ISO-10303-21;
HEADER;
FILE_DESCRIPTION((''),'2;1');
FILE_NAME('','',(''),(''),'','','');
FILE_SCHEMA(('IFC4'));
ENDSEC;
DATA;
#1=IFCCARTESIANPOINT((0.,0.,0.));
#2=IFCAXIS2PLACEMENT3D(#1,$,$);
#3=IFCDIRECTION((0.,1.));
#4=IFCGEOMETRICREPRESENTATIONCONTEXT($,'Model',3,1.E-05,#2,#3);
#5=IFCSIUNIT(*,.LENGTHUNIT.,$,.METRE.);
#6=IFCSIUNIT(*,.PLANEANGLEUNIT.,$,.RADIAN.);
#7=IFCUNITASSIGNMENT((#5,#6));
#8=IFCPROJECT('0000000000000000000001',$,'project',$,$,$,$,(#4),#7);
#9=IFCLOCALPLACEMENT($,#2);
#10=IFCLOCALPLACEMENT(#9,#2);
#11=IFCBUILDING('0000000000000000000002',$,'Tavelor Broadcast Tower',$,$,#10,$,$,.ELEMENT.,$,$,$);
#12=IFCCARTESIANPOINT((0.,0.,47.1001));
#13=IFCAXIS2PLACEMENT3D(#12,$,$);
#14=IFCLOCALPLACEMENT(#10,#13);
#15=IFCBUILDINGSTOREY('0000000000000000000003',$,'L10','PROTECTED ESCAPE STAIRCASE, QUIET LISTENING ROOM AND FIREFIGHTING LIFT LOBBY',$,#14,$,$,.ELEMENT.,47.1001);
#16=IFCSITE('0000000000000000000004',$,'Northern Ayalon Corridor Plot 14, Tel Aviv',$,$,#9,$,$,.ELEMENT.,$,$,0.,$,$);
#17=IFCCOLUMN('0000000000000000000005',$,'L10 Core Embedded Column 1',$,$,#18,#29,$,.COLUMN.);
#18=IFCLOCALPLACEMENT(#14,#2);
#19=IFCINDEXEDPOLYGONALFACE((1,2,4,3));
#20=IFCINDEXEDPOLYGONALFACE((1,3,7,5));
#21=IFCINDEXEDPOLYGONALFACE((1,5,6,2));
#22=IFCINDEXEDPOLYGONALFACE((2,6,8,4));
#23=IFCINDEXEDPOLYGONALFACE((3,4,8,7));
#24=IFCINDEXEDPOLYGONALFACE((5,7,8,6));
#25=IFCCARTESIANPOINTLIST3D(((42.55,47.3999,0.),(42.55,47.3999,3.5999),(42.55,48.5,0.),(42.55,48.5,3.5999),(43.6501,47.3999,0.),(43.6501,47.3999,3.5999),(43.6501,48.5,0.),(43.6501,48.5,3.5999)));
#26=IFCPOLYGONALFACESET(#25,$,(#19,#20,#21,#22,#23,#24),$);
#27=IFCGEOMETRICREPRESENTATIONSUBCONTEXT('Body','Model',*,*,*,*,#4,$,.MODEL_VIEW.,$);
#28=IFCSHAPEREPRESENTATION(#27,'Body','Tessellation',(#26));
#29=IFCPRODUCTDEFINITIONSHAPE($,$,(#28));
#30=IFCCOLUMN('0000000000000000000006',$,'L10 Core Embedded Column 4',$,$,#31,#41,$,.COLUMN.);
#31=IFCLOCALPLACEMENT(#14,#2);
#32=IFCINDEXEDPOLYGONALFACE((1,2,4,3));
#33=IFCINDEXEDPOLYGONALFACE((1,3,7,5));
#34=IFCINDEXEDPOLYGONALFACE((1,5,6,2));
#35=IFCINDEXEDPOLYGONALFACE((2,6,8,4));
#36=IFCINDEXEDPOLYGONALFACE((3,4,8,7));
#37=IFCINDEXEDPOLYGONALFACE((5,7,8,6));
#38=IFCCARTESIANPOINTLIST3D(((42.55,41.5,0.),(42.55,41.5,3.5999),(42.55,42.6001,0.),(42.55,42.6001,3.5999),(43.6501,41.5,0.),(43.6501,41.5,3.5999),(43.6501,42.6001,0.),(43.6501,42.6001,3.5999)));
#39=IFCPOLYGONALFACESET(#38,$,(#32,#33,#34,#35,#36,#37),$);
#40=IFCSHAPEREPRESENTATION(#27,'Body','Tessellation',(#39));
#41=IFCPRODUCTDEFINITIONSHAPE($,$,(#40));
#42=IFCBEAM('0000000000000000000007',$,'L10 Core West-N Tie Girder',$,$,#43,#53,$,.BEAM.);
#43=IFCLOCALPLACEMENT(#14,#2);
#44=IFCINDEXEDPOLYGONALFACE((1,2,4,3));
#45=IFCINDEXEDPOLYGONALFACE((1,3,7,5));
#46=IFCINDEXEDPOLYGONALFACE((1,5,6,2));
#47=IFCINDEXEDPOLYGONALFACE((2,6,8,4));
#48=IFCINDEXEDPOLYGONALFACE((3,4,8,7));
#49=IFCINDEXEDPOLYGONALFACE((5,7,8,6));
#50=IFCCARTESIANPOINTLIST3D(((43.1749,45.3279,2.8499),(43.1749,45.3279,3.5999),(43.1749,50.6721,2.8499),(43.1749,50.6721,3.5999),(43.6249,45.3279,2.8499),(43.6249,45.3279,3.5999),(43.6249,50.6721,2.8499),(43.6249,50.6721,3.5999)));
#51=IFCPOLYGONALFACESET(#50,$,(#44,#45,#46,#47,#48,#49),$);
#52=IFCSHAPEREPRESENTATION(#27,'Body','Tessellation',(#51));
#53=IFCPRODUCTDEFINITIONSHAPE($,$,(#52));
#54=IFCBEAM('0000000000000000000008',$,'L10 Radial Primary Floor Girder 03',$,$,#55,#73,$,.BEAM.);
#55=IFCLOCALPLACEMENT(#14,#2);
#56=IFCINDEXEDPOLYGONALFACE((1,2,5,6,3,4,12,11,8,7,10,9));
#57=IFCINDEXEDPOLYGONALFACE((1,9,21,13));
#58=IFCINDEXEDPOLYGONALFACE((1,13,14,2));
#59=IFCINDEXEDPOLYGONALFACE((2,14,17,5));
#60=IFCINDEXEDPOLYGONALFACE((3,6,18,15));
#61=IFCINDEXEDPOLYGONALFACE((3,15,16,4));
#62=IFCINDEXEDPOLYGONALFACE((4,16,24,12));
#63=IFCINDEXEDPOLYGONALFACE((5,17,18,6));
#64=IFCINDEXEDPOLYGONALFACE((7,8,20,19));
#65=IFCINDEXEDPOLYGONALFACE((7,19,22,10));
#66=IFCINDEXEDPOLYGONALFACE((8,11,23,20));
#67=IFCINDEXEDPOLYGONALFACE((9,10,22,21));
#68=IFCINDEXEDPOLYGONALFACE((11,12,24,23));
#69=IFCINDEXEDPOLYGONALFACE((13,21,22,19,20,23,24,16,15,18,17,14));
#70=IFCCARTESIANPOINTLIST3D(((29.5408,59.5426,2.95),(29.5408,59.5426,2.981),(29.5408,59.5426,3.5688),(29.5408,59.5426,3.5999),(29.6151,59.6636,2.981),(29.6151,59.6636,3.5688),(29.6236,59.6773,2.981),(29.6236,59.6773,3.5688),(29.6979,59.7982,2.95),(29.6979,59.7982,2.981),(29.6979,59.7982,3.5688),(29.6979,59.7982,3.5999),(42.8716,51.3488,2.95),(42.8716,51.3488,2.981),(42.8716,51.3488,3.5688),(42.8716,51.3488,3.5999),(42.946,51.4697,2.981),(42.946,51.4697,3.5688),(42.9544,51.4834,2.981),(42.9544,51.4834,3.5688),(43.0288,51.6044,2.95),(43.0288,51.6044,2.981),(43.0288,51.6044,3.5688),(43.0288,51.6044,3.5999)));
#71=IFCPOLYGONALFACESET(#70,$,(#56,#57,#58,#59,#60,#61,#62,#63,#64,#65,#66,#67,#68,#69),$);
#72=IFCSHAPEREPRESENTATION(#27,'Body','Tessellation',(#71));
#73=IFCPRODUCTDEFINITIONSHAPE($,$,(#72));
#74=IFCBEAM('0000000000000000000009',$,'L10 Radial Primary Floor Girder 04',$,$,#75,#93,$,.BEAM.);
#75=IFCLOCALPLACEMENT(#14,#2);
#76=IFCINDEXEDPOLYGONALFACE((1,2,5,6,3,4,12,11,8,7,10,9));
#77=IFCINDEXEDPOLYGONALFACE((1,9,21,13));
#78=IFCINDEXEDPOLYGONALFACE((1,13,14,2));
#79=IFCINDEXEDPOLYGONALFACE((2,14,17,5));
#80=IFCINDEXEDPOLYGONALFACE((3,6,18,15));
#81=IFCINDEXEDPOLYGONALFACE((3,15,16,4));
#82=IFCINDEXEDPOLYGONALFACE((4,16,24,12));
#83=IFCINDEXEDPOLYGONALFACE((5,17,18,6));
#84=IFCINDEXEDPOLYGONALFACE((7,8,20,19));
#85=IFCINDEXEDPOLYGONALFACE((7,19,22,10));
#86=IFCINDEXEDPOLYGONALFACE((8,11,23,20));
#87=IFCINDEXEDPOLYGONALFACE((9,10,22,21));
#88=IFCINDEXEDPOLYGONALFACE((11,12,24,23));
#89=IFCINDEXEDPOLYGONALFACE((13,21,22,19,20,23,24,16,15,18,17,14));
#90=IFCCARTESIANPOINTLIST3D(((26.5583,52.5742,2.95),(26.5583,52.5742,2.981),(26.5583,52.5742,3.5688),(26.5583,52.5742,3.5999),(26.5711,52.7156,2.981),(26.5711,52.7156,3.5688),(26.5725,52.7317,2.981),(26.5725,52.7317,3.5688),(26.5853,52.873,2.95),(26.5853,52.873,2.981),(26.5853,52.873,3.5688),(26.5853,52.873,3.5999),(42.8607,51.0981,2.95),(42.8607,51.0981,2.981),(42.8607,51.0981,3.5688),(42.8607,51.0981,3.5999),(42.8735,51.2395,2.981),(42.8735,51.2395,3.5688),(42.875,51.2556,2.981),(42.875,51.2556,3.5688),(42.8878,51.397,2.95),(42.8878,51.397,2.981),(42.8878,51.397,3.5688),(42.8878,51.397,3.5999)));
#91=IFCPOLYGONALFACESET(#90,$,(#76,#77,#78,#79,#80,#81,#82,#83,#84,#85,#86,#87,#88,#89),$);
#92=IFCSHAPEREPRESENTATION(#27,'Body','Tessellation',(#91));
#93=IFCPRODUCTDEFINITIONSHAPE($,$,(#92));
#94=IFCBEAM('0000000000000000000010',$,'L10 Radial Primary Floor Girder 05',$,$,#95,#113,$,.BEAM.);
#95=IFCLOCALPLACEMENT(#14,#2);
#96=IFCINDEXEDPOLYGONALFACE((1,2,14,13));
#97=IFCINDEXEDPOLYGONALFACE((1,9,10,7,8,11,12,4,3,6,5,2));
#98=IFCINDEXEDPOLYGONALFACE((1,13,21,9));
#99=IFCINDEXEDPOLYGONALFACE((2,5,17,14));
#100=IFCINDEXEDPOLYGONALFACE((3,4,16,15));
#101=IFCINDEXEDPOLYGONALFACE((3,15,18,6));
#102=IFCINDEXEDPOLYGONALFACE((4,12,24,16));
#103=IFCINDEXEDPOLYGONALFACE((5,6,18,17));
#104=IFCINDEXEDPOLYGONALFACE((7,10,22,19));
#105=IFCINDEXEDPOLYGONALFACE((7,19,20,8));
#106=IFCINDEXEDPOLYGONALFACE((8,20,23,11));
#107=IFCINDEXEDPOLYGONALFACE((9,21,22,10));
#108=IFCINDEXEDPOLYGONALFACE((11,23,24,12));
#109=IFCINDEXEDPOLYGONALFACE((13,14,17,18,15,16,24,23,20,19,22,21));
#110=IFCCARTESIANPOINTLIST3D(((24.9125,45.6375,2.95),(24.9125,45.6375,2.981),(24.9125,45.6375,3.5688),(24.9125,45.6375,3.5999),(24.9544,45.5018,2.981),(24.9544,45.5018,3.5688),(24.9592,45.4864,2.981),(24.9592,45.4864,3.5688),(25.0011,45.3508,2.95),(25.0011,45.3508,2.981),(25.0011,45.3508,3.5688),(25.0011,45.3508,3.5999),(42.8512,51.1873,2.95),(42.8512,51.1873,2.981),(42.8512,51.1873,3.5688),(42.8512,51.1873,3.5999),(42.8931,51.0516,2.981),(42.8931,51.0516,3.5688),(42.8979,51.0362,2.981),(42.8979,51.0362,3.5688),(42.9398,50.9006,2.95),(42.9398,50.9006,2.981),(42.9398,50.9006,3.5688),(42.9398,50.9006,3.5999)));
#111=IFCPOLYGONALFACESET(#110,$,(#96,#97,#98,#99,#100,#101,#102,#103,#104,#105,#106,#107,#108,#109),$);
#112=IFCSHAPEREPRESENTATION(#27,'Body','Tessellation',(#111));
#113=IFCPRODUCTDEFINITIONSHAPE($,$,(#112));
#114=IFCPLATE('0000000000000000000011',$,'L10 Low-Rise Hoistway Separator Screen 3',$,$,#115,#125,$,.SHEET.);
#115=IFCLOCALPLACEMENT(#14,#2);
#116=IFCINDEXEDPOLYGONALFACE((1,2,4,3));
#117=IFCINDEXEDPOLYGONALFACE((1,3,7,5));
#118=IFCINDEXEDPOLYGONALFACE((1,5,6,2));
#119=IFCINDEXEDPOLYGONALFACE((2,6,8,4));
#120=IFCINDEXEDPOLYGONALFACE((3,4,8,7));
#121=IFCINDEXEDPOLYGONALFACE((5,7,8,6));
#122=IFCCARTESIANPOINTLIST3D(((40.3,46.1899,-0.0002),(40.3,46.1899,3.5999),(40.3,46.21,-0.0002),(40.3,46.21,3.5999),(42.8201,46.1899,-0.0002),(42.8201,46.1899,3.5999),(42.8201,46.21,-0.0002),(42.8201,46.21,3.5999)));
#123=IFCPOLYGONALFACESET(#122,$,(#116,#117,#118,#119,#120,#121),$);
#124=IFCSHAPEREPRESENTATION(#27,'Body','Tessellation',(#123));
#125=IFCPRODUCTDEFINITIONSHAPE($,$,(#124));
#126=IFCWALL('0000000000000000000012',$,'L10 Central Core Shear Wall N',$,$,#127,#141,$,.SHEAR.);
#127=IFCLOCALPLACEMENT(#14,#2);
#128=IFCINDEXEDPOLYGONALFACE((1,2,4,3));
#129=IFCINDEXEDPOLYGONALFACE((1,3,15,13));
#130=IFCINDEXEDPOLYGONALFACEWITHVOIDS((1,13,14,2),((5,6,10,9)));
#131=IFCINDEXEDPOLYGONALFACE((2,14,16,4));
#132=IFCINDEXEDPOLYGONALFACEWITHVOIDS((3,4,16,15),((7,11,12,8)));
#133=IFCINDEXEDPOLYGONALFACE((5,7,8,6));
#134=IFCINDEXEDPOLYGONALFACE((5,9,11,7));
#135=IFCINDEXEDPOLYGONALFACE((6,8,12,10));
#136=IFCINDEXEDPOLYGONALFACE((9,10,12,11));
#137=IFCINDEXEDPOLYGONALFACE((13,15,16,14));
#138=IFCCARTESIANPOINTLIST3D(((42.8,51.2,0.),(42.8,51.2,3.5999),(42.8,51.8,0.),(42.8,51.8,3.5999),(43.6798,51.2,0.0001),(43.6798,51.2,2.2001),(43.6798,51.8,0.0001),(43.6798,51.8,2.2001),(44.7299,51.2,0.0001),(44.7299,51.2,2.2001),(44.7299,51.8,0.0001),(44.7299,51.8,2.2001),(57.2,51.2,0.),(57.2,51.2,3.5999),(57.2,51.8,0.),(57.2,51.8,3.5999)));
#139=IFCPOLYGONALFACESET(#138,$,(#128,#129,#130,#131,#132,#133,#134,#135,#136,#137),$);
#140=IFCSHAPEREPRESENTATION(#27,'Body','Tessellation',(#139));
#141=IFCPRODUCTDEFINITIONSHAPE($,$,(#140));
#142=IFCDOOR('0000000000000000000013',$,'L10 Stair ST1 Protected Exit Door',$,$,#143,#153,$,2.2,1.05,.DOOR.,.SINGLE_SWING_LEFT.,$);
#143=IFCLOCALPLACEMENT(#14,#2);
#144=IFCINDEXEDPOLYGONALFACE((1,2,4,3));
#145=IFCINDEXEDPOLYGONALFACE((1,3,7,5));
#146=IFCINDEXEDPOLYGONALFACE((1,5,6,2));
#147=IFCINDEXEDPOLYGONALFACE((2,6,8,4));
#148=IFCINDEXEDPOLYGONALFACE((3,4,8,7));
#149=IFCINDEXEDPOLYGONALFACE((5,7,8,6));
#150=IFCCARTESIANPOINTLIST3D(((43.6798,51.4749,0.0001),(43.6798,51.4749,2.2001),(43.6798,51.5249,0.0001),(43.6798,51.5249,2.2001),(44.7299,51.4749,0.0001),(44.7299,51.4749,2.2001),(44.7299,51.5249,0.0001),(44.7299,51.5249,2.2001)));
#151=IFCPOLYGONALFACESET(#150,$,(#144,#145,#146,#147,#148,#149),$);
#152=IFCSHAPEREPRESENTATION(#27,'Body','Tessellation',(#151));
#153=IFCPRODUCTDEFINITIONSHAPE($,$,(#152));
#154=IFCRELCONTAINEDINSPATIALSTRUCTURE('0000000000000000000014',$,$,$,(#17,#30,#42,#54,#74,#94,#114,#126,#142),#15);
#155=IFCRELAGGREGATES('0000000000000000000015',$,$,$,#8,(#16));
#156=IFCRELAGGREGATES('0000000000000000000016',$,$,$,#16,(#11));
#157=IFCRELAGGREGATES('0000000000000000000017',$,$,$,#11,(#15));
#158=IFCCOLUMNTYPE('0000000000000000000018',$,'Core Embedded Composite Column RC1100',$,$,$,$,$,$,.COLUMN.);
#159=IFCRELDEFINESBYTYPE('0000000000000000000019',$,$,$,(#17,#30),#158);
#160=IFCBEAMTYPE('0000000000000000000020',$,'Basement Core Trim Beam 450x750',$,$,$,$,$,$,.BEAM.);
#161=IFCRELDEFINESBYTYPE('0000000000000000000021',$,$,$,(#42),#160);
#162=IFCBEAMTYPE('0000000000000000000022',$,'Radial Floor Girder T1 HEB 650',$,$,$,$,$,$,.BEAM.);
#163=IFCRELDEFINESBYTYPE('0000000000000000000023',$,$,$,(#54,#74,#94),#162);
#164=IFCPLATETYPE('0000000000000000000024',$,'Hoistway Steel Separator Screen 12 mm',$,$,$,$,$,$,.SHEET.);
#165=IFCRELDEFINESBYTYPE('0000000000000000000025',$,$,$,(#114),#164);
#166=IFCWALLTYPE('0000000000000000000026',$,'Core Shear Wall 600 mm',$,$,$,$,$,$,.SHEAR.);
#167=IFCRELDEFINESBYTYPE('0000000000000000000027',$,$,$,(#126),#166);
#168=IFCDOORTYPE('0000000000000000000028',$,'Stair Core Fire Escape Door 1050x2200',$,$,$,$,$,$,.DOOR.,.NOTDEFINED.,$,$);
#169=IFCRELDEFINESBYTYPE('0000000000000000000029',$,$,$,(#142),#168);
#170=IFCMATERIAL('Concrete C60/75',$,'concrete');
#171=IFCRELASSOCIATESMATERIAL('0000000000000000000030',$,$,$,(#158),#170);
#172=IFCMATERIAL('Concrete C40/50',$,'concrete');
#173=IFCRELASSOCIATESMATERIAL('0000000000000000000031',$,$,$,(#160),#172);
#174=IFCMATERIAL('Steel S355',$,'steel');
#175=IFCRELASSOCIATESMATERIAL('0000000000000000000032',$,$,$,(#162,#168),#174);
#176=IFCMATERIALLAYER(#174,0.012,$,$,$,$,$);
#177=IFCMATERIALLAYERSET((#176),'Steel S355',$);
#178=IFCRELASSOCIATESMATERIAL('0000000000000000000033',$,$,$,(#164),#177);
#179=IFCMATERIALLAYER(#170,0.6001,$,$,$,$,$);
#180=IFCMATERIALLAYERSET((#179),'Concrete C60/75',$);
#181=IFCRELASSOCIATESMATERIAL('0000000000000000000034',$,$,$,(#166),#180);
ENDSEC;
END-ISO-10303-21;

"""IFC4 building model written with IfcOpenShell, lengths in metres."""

from ifc_helpers import new_model, si_unit, direction, frame, frame_2d, origin, origin_2d, place, context, subcontext, project, spatial, rectangle, i_section, extrude, source, transform, mapped, material, layer, layer_set, material_profile, profile_set, type_object, type_shapes, element, fill, save


model = new_model("IFC4")

# Units and contexts
model_context = context("Model", 3, precision=1e-05, world=origin(), true_north=direction((0.0, 1.0)))
body_context = subcontext(model_context, "Body", "Model", "MODEL_VIEW")
ifc_project = project(units=[si_unit("LENGTHUNIT", "METRE"), si_unit("PLANEANGLEUNIT", "RADIAN")], contexts=[model_context])

# Site, building, storey
site_placement = place(None, origin())
site = spatial("IfcSite", under=ifc_project, at=site_placement, Name="Northern Ayalon Corridor Plot 14, Tel Aviv", CompositionType="ELEMENT", RefElevation=0.0)
building_placement = place(site_placement, origin())
building = spatial("IfcBuilding", under=site, at=building_placement, Name="Tavelor Broadcast Tower", CompositionType="ELEMENT")
storey_placement = place(building_placement, frame((0.0, 0.0, 47.1001)))
storey = spatial("IfcBuildingStorey", under=building, at=storey_placement, Name="L10", Description="PROTECTED ESCAPE STAIRCASE, QUIET LISTENING ROOM AND FIREFIGHTING LIFT LOBBY", CompositionType="ELEMENT", Elevation=47.1001)

# Columns
ifc_material_1 = material(Name="Concrete C60/75", Category="concrete")
ifc_material_profile_1 = material_profile(ifc_material_1, rectangle(XDim=1.1001, YDim=1.1001, at=origin_2d()), Name="RC 1100x1100")
ifc_profile_set_1 = profile_set([ifc_material_profile_1], Name="Concrete C60/75")
column_type = type_object("IfcColumnType", Name="Core Embedded Composite Column RC1100", PredefinedType="COLUMN", material=ifc_profile_set_1)
for number, where, z_axis, x_axis, name in (
    (1, (43.1001, 47.95, 0.0), (0.0, 0.0, 1.0), (1.0, 0.0, 0.0), "L10 Core Embedded Column 1"),
    (2, (43.1001, 42.05, 0.0), (0.0, 0.0, 1.0), (1.0, 0.0, 0.0), "L10 Core Embedded Column 4"),
):
    element("IfcColumn", number, at=place(storey_placement, frame(where, z_axis=z_axis, x_axis=x_axis)), inside=storey, type_object=column_type, Name=name, PredefinedType="COLUMN", context=body_context, shape_type="SweptSolid", body=[
        extrude(rectangle(XDim=1.1001, YDim=1.1001, at=origin_2d()), origin(), (0.0, 0.0, 1.0), 3.5999),
    ])

# Beams
ifc_material_2 = material(Name="Concrete C40/50", Category="concrete")
ifc_material_profile_2 = material_profile(ifc_material_2, rectangle(XDim=0.45, YDim=0.75, at=origin_2d()), Name="RC 450x750")
ifc_profile_set_2 = profile_set([ifc_material_profile_2], Name="Concrete C40/50")
beam_type_1 = type_object("IfcBeamType", Name="Basement Core Trim Beam 450x750", PredefinedType="BEAM", material=ifc_profile_set_2)
beam_1_placement = place(storey_placement, frame((43.3999, 45.3279, 3.2249), z_axis=(0.0, 1.0, 0.0), x_axis=(-1.0, 0.0, 0.0)))
element("IfcBeam", 3, at=beam_1_placement, inside=storey, type_object=beam_type_1, Name="L10 Core West-N Tie Girder", PredefinedType="BEAM", context=body_context, shape_type="SweptSolid", body=[
    extrude(rectangle(XDim=0.45, YDim=0.75, at=origin_2d()), origin(), (0.0, 0.0, 1.0), 5.3442),
])
ifc_material_3 = material(Name="Steel S355", Category="steel")
ifc_material_profile_3 = material_profile(ifc_material_3, i_section(OverallWidth=0.3, OverallDepth=0.6499, WebThickness=0.0161, FlangeThickness=0.031, at=origin_2d()), Name="HEB 650")
ifc_profile_set_3 = profile_set([ifc_material_profile_3], Name="Steel S355")
beam_type_2 = type_object("IfcBeamType", Name="Radial Floor Girder T1 HEB 650", PredefinedType="BEAM", material=ifc_profile_set_3)
beam_2_placement = place(storey_placement, frame((42.9502, 51.4766, 3.2749), z_axis=(-0.851936, 0.523646, 0.0), x_axis=(-0.523646, -0.851936, 0.0)))
element("IfcBeam", 4, at=beam_2_placement, inside=storey, type_object=beam_type_2, Name="L10 Radial Primary Floor Girder 03", PredefinedType="BEAM", context=body_context, shape_type="SweptSolid", body=[
    extrude(i_section(OverallWidth=0.3, OverallDepth=0.6499, WebThickness=0.0161, FlangeThickness=0.031, at=origin_2d()), origin(), (0.0, 0.0, 1.0), 15.6477),
])
beam_3_placement = place(storey_placement, frame((42.8743, 51.2476, 3.2749), z_axis=(-0.995926, 0.090174, 0.0), x_axis=(-0.090174, -0.995926, 0.0)))
element("IfcBeam", 5, at=beam_3_placement, inside=storey, type_object=beam_type_2, Name="L10 Radial Primary Floor Girder 04", PredefinedType="BEAM", context=body_context, shape_type="SweptSolid", body=[
    extrude(i_section(OverallWidth=0.3, OverallDepth=0.6499, WebThickness=0.0161, FlangeThickness=0.031, at=origin_2d()), origin(), (0.0, 0.0, 1.0), 16.3691),
])
beam_4_placement = place(storey_placement, frame((42.8955, 51.0439, 3.2749), z_axis=(-0.955326, -0.295555, 0.0), x_axis=(0.295555, -0.955326, 0.0)))
element("IfcBeam", 6, at=beam_4_placement, inside=storey, type_object=beam_type_2, Name="L10 Radial Primary Floor Girder 05", PredefinedType="BEAM", context=body_context, shape_type="SweptSolid", body=[
    extrude(i_section(OverallWidth=0.3, OverallDepth=0.6499, WebThickness=0.0161, FlangeThickness=0.031, at=origin_2d()), origin(), (0.0, 0.0, 1.0), 18.7776),
])

# Plate
ifc_layer_1 = layer(ifc_material_3, 0.012)
ifc_layer_set_1 = layer_set([ifc_layer_1], Name="Steel S355")
plate_type = type_object("IfcPlateType", Name="Hoistway Steel Separator Screen 12 mm", PredefinedType="SHEET", material=ifc_layer_set_1)
shared_shape = source(origin(), body_context, "Body", "SweptSolid", [
    extrude(rectangle(XDim=2.52, YDim=0.02, at=origin_2d()), origin(), (0.0, 0.0, 1.0), 3.6001),
])
type_shapes(plate_type, [shared_shape])
plate_placement = place(storey_placement, frame((41.5601, 46.2, -0.0002), z_axis=(0.0, 0.0, 1.0), x_axis=(1.0, 0.0, 0.0)))
element("IfcPlate", 7, at=plate_placement, inside=storey, type_object=plate_type, Name="L10 Low-Rise Hoistway Separator Screen 3", PredefinedType="SHEET", context=body_context, shape_type="MappedRepresentation", body=[
    mapped(shared_shape, transform((0.0, 0.0, 0.0), scale=1.0)),
])

# Wall, opening, door
ifc_layer_2 = layer(ifc_material_1, 0.6001)
ifc_layer_set_2 = layer_set([ifc_layer_2], Name="Concrete C60/75")
wall_type_1 = type_object("IfcWallType", Name="Core Shear Wall 600 mm", PredefinedType="SHEAR", material=ifc_layer_set_2)
wall_1_placement = place(storey_placement, frame((42.8, 51.5, 0.0), z_axis=(0.0, 0.0, 1.0), x_axis=(1.0, 0.0, 0.0)))
wall_1 = element("IfcWall", 8, at=wall_1_placement, inside=storey, type_object=wall_type_1, Name="L10 Central Core Shear Wall N", PredefinedType="SHEAR", context=body_context, shape_type="SweptSolid", body=[
    extrude(rectangle(XDim=14.3999, YDim=0.6001, at=frame_2d((7.2, 0.0))), origin(), (0.0, 0.0, 1.0), 3.5999),
])
opening_1_placement = place(wall_1_placement, frame((0.8799, 0.0, 0.0)))
opening_1 = element("IfcOpeningElement", 9, at=opening_1_placement, cuts=wall_1, PredefinedType="OPENING", context=body_context, shape_type="SweptSolid", body=[
    extrude(rectangle(XDim=1.05, YDim=2.2, at=frame_2d((0.5249, 1.1001))), frame((0.0, 0.3101, 0.0), z_axis=(0.0, -1.0, 0.0), x_axis=(1.0, 0.0, 0.0)), (0.0, 0.0, 1.0), 0.6201),
])
door_type_1 = type_object("IfcDoorType", Name="Stair Core Fire Escape Door 1050x2200", OperationType="NOTDEFINED", PredefinedType="DOOR", material=ifc_material_3)
door_1_placement = place(opening_1_placement, origin())
door_1 = element("IfcDoor", 10, at=door_1_placement, inside=storey, type_object=door_type_1, Name="L10 Stair ST1 Protected Exit Door", OperationType="SINGLE_SWING_LEFT", OverallHeight=2.2, OverallWidth=1.05, PredefinedType="DOOR", context=body_context, shape_type="SweptSolid", body=[
    extrude(rectangle(XDim=1.05, YDim=2.2, at=frame_2d((0.5249, 1.1001))), frame((0.0, 0.0249, 0.0), z_axis=(0.0, -1.0, 0.0), x_axis=(1.0, 0.0, 0.0)), (0.0, 0.0, 1.0), 0.05),
])
fill(opening_1, door_1)

save(model, "model.ifc")
